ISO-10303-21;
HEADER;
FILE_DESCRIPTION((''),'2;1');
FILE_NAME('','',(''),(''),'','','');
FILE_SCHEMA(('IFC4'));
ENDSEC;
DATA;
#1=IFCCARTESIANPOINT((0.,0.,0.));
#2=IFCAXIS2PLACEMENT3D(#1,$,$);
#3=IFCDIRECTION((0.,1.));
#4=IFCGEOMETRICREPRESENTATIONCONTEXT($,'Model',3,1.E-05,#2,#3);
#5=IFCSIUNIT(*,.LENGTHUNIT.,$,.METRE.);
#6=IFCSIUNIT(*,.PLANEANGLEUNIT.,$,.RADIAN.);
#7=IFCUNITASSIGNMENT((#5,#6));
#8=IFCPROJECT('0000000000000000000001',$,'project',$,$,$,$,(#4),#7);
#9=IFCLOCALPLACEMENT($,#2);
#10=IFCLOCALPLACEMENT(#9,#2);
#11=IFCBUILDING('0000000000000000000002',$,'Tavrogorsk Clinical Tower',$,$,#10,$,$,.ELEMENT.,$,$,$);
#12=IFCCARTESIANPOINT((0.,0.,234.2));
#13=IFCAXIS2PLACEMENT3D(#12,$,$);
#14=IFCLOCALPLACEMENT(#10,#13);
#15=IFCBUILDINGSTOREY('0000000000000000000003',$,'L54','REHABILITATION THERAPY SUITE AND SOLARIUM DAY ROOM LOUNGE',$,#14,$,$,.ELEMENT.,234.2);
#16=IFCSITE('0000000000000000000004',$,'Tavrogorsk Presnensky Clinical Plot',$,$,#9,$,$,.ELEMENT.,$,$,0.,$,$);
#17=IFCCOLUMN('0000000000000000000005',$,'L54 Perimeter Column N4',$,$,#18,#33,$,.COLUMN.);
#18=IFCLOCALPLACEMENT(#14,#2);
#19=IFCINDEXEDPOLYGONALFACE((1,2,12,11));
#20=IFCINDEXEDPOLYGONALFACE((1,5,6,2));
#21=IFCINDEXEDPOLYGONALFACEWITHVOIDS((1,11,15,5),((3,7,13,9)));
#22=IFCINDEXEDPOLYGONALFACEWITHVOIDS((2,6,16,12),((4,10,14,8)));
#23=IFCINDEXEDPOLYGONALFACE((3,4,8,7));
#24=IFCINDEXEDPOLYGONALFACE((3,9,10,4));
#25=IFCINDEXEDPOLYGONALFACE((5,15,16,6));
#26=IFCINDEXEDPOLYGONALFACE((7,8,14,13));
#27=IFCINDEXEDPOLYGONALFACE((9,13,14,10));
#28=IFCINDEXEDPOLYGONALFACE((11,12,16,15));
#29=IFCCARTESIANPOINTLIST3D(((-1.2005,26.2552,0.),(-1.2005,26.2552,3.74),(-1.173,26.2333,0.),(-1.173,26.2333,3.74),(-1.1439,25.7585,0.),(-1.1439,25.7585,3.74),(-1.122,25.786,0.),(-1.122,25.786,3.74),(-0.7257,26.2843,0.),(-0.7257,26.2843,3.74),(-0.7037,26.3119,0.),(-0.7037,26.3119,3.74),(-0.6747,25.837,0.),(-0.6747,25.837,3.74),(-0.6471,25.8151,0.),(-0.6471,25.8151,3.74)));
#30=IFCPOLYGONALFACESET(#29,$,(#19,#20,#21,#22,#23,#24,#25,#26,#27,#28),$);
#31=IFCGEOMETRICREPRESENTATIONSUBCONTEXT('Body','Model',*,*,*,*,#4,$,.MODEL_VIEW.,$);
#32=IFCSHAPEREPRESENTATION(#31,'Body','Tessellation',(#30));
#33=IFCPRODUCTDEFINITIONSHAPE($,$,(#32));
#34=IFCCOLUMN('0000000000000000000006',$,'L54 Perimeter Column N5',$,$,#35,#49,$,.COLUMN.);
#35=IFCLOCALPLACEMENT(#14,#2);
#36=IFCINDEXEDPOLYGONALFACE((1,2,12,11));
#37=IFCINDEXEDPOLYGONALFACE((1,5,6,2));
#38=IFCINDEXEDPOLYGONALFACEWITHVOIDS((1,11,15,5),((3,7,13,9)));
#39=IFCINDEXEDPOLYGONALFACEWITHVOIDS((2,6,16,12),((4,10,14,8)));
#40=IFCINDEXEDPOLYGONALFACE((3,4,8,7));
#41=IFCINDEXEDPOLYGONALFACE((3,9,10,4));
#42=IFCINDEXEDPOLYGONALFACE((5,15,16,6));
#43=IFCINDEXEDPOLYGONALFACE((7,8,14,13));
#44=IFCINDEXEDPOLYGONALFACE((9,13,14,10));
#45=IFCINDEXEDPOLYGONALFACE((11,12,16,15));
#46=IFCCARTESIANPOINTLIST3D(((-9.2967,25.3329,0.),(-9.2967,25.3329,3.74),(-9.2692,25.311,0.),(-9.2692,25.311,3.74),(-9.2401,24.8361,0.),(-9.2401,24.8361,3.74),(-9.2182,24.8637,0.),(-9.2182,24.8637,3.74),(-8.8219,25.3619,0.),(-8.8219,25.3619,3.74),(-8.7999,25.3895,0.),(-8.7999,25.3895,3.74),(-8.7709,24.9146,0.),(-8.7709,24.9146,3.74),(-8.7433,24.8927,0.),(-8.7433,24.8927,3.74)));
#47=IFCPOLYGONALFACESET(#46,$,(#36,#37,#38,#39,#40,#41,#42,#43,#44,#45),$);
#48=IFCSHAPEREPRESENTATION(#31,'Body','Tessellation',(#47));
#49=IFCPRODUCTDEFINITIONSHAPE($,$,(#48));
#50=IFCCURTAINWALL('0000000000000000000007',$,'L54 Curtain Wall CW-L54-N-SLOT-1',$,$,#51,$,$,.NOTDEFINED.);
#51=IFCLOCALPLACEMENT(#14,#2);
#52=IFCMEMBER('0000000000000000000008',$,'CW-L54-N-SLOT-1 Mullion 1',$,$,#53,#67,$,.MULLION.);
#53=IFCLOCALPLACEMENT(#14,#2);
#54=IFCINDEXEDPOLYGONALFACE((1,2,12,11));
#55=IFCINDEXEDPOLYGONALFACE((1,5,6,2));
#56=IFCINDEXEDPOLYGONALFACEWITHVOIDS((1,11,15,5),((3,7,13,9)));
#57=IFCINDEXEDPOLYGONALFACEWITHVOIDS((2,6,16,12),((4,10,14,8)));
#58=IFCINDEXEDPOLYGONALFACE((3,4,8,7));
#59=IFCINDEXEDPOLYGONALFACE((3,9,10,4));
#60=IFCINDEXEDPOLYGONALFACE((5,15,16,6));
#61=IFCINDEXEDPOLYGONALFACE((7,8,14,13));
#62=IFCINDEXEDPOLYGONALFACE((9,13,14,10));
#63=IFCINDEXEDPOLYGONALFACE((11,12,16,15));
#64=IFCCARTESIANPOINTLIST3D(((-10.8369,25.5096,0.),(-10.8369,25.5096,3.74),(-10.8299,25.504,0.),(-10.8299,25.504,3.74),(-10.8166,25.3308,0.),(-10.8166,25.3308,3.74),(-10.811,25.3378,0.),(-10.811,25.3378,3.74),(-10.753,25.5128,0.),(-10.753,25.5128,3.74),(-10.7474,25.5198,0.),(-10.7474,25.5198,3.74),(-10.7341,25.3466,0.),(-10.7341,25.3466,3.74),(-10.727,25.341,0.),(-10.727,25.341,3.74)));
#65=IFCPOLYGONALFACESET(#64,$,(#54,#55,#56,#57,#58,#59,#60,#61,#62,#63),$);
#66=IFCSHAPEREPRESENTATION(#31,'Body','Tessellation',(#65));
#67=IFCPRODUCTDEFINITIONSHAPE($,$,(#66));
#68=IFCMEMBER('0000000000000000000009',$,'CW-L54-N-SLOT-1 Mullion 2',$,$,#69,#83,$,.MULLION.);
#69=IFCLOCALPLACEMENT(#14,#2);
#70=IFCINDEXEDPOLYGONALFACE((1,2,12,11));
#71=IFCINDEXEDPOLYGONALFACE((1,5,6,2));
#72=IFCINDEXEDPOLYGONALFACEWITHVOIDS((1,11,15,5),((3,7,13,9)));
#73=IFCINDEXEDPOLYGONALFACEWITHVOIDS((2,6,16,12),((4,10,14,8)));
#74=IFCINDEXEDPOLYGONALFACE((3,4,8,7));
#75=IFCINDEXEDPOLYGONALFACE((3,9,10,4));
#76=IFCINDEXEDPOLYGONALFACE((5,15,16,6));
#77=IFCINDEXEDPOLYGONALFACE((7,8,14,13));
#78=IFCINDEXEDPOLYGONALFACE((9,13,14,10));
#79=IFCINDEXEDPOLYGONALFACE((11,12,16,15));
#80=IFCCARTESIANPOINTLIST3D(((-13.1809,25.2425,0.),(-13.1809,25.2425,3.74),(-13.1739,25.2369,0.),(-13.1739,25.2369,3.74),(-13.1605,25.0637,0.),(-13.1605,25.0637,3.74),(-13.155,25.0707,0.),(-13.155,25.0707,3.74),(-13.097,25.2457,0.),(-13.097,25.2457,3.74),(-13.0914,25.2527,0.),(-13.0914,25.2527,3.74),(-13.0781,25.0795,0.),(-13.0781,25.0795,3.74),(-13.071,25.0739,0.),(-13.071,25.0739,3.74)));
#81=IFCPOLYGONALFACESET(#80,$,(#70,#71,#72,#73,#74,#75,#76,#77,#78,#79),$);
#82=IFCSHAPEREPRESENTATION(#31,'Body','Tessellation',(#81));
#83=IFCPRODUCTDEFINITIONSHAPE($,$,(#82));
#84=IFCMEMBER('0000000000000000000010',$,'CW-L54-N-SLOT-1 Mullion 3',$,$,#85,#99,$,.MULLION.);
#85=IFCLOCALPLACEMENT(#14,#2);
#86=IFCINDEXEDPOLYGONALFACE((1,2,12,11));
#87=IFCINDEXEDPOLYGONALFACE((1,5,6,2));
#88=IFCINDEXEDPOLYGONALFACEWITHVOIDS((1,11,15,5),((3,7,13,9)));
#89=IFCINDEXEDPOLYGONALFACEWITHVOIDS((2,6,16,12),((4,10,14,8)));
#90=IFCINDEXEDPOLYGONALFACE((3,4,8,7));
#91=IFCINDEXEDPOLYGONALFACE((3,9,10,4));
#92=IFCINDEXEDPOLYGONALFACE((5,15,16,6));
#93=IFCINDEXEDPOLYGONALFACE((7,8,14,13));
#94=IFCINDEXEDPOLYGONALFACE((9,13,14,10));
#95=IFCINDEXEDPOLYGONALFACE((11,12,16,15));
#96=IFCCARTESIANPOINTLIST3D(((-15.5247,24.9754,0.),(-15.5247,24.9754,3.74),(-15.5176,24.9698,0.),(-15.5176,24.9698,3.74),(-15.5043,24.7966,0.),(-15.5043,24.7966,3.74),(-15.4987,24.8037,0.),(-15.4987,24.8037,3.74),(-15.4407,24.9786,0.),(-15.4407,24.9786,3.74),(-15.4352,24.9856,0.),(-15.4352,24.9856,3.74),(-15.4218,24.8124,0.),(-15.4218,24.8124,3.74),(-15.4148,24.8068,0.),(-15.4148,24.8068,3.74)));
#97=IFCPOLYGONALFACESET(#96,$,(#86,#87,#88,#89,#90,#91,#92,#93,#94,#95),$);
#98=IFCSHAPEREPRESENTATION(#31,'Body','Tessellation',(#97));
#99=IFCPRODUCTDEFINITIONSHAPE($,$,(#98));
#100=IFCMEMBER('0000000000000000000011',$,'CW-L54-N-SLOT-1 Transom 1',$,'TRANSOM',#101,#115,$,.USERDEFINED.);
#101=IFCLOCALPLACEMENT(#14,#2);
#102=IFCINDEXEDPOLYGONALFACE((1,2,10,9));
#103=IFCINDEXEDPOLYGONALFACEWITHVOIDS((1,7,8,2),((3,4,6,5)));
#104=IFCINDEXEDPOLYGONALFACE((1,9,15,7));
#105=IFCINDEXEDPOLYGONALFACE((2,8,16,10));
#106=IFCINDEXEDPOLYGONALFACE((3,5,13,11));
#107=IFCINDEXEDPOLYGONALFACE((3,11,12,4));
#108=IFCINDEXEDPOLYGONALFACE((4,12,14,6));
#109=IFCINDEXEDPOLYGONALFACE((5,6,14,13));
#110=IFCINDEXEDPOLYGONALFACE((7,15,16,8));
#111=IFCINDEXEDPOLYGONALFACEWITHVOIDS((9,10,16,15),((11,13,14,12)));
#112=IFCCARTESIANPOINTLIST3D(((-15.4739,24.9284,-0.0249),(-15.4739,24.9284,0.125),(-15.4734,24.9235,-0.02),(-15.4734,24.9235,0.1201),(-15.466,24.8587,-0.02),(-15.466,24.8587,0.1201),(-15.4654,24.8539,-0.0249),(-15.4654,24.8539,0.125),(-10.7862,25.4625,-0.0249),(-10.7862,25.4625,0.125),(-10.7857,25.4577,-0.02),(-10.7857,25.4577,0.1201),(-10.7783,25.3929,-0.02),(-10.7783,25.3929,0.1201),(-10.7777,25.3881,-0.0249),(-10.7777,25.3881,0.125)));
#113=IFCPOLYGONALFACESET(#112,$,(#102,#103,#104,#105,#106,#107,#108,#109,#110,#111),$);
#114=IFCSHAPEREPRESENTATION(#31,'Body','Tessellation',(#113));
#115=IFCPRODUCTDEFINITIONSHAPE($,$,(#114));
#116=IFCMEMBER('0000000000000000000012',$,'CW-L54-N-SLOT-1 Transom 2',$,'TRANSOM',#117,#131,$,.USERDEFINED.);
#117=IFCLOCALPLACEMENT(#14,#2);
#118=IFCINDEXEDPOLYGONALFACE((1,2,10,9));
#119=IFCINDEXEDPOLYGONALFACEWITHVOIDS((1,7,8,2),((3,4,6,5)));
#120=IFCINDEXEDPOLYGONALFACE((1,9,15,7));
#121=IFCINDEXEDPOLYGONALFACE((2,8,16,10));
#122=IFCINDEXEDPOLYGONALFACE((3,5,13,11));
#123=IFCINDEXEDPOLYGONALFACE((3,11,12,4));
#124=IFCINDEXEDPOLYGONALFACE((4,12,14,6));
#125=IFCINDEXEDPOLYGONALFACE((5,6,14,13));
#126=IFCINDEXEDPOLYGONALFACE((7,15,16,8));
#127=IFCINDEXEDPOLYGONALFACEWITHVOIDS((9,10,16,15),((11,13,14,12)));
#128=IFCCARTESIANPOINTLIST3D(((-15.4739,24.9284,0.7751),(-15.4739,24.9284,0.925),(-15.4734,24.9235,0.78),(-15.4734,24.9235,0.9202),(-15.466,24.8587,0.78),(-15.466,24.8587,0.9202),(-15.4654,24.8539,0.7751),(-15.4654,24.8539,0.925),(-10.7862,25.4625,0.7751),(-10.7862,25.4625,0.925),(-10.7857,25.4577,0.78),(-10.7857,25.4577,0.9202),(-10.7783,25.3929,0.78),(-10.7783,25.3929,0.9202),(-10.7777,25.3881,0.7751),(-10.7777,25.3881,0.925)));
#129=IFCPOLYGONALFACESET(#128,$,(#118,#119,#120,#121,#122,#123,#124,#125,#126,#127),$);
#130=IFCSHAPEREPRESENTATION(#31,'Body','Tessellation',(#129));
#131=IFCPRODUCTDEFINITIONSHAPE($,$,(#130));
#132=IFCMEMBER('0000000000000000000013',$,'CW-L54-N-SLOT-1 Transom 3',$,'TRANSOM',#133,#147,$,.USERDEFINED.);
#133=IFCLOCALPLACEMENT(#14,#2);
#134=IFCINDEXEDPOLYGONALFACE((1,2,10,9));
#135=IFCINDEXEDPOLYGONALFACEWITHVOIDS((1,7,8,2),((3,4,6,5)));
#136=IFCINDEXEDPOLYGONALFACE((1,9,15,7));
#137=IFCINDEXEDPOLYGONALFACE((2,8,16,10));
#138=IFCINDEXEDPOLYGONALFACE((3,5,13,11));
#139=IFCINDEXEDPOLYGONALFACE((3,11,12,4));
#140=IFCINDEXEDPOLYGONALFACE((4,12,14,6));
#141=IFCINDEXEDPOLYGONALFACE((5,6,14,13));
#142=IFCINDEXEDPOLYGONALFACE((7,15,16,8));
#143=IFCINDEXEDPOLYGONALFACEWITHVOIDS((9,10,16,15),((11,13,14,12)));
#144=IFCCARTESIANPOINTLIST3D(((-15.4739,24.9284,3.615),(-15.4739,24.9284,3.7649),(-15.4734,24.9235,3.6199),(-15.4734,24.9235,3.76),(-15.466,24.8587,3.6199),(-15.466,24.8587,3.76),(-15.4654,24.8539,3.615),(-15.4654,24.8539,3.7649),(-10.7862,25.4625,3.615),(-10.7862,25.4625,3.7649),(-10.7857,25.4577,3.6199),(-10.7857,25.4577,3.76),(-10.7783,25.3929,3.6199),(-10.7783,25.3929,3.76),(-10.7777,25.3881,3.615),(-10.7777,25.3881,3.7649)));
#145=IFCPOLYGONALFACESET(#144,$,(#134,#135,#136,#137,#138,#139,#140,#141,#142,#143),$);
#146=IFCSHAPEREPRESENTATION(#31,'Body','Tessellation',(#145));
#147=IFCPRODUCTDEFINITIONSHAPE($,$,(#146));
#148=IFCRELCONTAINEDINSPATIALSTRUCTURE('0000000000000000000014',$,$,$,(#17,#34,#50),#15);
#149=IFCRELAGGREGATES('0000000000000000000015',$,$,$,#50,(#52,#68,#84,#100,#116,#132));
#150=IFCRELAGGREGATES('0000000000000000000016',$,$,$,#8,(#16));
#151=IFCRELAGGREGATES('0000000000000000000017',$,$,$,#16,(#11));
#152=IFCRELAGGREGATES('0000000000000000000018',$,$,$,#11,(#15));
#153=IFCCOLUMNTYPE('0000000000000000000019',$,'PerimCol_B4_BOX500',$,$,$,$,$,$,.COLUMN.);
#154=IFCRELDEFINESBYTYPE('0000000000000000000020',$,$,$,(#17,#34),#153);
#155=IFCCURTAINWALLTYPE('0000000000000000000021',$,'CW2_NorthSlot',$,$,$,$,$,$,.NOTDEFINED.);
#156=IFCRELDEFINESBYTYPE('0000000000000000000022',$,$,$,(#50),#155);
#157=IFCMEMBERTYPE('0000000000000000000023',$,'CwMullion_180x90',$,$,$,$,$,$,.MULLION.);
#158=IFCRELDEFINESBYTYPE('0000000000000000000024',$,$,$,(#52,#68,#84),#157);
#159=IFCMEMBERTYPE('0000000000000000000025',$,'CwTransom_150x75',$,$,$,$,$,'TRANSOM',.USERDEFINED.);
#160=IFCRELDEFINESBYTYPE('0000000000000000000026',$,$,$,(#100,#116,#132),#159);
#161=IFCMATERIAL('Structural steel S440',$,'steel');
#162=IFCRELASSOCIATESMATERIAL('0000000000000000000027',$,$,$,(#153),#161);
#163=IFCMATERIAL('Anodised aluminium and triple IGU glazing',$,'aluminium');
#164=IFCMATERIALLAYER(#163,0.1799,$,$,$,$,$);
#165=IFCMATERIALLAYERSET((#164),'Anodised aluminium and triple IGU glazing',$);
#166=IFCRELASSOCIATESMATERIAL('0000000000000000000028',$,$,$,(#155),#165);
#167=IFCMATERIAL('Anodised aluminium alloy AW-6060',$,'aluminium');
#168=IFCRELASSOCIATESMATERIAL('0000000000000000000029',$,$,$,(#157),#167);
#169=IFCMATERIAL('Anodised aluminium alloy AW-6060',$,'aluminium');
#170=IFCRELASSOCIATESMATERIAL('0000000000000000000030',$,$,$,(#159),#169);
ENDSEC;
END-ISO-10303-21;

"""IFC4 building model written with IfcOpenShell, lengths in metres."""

from ifc_helpers import new_model, si_unit, direction, frame, origin, origin_2d, place, context, subcontext, project, spatial, hollow_rectangle, extrude, material, layer, layer_set, material_profile, profile_set, type_object, element, aggregate, save


model = new_model("IFC4")

# Units and contexts
model_context = context("Model", 3, precision=1e-05, world=origin(), true_north=direction((0.0, 1.0)))
body_context = subcontext(model_context, "Body", "Model", "MODEL_VIEW")
ifc_project = project(units=[si_unit("LENGTHUNIT", "METRE"), si_unit("PLANEANGLEUNIT", "RADIAN")], contexts=[model_context])

# Site, building, storey
site_placement = place(None, origin())
site = spatial("IfcSite", under=ifc_project, at=site_placement, Name="Tavrogorsk Presnensky Clinical Plot", CompositionType="ELEMENT", RefElevation=0.0)
building_placement = place(site_placement, origin())
building = spatial("IfcBuilding", under=site, at=building_placement, Name="Tavrogorsk Clinical Tower", CompositionType="ELEMENT")
storey_placement = place(building_placement, frame((0.0, 0.0, 234.2)))
storey = spatial("IfcBuildingStorey", under=building, at=storey_placement, Name="L54", Description="REHABILITATION THERAPY SUITE AND SOLARIUM DAY ROOM LOUNGE", CompositionType="ELEMENT", Elevation=234.2)

# Columns
ifc_material_1 = material(Name="Structural steel S440", Category="steel")
ifc_material_profile_1 = material_profile(ifc_material_1, hollow_rectangle(XDim=0.5, YDim=0.5, WallThickness=0.0249, at=origin_2d()), Name="BOX-500x500x25")
ifc_profile_set_1 = profile_set([ifc_material_profile_1], Name="Structural steel S440")
column_type = type_object("IfcColumnType", Name="PerimCol_B4_BOX500", PredefinedType="COLUMN", material=ifc_profile_set_1)
for number, where, z_axis, x_axis, name in (
    (1, (-0.9238, 26.0352, 0.0), (0.0, 0.0, 1.0), (0.993572, 0.113203, 0.0), "L54 Perimeter Column N4"),
    (2, (-9.02, 25.1128, 0.0), (0.0, 0.0, 1.0), (0.993572, 0.113203, 0.0), "L54 Perimeter Column N5"),
):
    element("IfcColumn", number, at=place(storey_placement, frame(where, z_axis=z_axis, x_axis=x_axis)), inside=storey, type_object=column_type, Name=name, PredefinedType="COLUMN", context=body_context, shape_type="SweptSolid", body=[
        extrude(hollow_rectangle(XDim=0.5, YDim=0.5, WallThickness=0.0249, at=origin_2d()), origin(), (0.0, 0.0, 1.0), 3.74),
    ])

# Curtain wall, members
ifc_material_2 = material(Name="Anodised aluminium and triple IGU glazing", Category="aluminium")
ifc_layer_1 = layer(ifc_material_2, 0.1799)
ifc_layer_set_1 = layer_set([ifc_layer_1], Name="Anodised aluminium and triple IGU glazing")
curtain_wall_type = type_object("IfcCurtainWallType", Name="CW2_NorthSlot", PredefinedType="NOTDEFINED", material=ifc_layer_set_1)
curtain_wall_placement = place(storey_placement, origin())
curtain_wall = element("IfcCurtainWall", 3, at=curtain_wall_placement, inside=storey, type_object=curtain_wall_type, Name="L54 Curtain Wall CW-L54-N-SLOT-1", PredefinedType="NOTDEFINED")
ifc_material_3 = material(Name="Anodised aluminium alloy AW-6060", Category="aluminium")
ifc_material_profile_2 = material_profile(ifc_material_3, hollow_rectangle(XDim=0.0901, YDim=0.1799, WallThickness=0.0063, at=origin_2d()), Name="RHS-180x90x6.3")
ifc_profile_set_2 = profile_set([ifc_material_profile_2], Name="Anodised aluminium alloy AW-6060")
member_type_1 = type_object("IfcMemberType", Name="CwMullion_180x90", PredefinedType="MULLION", material=ifc_profile_set_2)
member_1_placement = place(storey_placement, frame((-10.782, 25.4253, 0.0), z_axis=(0.0, 0.0, 1.0), x_axis=(-0.993572, -0.113203, 0.0)))
member_1 = element("IfcMember", 4, at=member_1_placement, type_object=member_type_1, Name="CW-L54-N-SLOT-1 Mullion 1", PredefinedType="MULLION", context=body_context, shape_type="SweptSolid", body=[
    extrude(hollow_rectangle(XDim=0.0901, YDim=0.1799, WallThickness=0.0063, at=origin_2d()), origin(), (0.0, 0.0, 1.0), 3.74),
])
member_2_placement = place(storey_placement, frame((-13.126, 25.1582, 0.0), z_axis=(0.0, 0.0, 1.0), x_axis=(-0.993572, -0.113203, 0.0)))
member_2 = element("IfcMember", 5, at=member_2_placement, type_object=member_type_1, Name="CW-L54-N-SLOT-1 Mullion 2", PredefinedType="MULLION", context=body_context, shape_type="SweptSolid", body=[
    extrude(hollow_rectangle(XDim=0.0901, YDim=0.1799, WallThickness=0.0063, at=origin_2d()), origin(), (0.0, 0.0, 1.0), 3.74),
])
member_3_placement = place(storey_placement, frame((-15.4697, 24.8911, 0.0), z_axis=(0.0, 0.0, 1.0), x_axis=(-0.993572, -0.113203, 0.0)))
member_3 = element("IfcMember", 6, at=member_3_placement, type_object=member_type_1, Name="CW-L54-N-SLOT-1 Mullion 3", PredefinedType="MULLION", context=body_context, shape_type="SweptSolid", body=[
    extrude(hollow_rectangle(XDim=0.0901, YDim=0.1799, WallThickness=0.0063, at=origin_2d()), origin(), (0.0, 0.0, 1.0), 3.74),
])
ifc_material_4 = material(Name="Anodised aluminium alloy AW-6060", Category="aluminium")
ifc_material_profile_3 = material_profile(ifc_material_4, hollow_rectangle(XDim=0.075, YDim=0.1499, WallThickness=0.0049, at=origin_2d()), Name="RHS-150x75x5")
ifc_profile_set_3 = profile_set([ifc_material_profile_3], Name="Anodised aluminium alloy AW-6060")
member_type_2 = type_object("IfcMemberType", Name="CwTransom_150x75", ElementType="TRANSOM", PredefinedType="USERDEFINED", material=ifc_profile_set_3)
member_4_placement = place(storey_placement, frame((-10.782, 25.4253, 0.05), z_axis=(-0.99357, -0.11322, 0.0), x_axis=(0.11322, -0.99357, 0.0)))
member_4 = element("IfcMember", 7, at=member_4_placement, type_object=member_type_2, Name="CW-L54-N-SLOT-1 Transom 1", ObjectType="TRANSOM", PredefinedType="USERDEFINED", context=body_context, shape_type="SweptSolid", body=[
    extrude(hollow_rectangle(XDim=0.075, YDim=0.1499, WallThickness=0.0049, at=origin_2d()), origin(), (0.0, 0.0, 1.0), 4.718),
])
member_5_placement = place(storey_placement, frame((-10.782, 25.4253, 0.8501), z_axis=(-0.99357, -0.11322, 0.0), x_axis=(0.11322, -0.99357, 0.0)))
member_5 = element("IfcMember", 8, at=member_5_placement, type_object=member_type_2, Name="CW-L54-N-SLOT-1 Transom 2", ObjectType="TRANSOM", PredefinedType="USERDEFINED", context=body_context, shape_type="SweptSolid", body=[
    extrude(hollow_rectangle(XDim=0.075, YDim=0.1499, WallThickness=0.0049, at=origin_2d()), origin(), (0.0, 0.0, 1.0), 4.718),
])
member_6_placement = place(storey_placement, frame((-10.782, 25.4253, 3.6899), z_axis=(-0.99357, -0.11322, 0.0), x_axis=(0.11322, -0.99357, 0.0)))
member_6 = element("IfcMember", 9, at=member_6_placement, type_object=member_type_2, Name="CW-L54-N-SLOT-1 Transom 3", ObjectType="TRANSOM", PredefinedType="USERDEFINED", context=body_context, shape_type="SweptSolid", body=[
    extrude(hollow_rectangle(XDim=0.075, YDim=0.1499, WallThickness=0.0049, at=origin_2d()), origin(), (0.0, 0.0, 1.0), 4.718),
])

aggregate(curtain_wall, [member_1, member_2, member_3, member_4, member_5, member_6])

save(model, "model.ifc")
